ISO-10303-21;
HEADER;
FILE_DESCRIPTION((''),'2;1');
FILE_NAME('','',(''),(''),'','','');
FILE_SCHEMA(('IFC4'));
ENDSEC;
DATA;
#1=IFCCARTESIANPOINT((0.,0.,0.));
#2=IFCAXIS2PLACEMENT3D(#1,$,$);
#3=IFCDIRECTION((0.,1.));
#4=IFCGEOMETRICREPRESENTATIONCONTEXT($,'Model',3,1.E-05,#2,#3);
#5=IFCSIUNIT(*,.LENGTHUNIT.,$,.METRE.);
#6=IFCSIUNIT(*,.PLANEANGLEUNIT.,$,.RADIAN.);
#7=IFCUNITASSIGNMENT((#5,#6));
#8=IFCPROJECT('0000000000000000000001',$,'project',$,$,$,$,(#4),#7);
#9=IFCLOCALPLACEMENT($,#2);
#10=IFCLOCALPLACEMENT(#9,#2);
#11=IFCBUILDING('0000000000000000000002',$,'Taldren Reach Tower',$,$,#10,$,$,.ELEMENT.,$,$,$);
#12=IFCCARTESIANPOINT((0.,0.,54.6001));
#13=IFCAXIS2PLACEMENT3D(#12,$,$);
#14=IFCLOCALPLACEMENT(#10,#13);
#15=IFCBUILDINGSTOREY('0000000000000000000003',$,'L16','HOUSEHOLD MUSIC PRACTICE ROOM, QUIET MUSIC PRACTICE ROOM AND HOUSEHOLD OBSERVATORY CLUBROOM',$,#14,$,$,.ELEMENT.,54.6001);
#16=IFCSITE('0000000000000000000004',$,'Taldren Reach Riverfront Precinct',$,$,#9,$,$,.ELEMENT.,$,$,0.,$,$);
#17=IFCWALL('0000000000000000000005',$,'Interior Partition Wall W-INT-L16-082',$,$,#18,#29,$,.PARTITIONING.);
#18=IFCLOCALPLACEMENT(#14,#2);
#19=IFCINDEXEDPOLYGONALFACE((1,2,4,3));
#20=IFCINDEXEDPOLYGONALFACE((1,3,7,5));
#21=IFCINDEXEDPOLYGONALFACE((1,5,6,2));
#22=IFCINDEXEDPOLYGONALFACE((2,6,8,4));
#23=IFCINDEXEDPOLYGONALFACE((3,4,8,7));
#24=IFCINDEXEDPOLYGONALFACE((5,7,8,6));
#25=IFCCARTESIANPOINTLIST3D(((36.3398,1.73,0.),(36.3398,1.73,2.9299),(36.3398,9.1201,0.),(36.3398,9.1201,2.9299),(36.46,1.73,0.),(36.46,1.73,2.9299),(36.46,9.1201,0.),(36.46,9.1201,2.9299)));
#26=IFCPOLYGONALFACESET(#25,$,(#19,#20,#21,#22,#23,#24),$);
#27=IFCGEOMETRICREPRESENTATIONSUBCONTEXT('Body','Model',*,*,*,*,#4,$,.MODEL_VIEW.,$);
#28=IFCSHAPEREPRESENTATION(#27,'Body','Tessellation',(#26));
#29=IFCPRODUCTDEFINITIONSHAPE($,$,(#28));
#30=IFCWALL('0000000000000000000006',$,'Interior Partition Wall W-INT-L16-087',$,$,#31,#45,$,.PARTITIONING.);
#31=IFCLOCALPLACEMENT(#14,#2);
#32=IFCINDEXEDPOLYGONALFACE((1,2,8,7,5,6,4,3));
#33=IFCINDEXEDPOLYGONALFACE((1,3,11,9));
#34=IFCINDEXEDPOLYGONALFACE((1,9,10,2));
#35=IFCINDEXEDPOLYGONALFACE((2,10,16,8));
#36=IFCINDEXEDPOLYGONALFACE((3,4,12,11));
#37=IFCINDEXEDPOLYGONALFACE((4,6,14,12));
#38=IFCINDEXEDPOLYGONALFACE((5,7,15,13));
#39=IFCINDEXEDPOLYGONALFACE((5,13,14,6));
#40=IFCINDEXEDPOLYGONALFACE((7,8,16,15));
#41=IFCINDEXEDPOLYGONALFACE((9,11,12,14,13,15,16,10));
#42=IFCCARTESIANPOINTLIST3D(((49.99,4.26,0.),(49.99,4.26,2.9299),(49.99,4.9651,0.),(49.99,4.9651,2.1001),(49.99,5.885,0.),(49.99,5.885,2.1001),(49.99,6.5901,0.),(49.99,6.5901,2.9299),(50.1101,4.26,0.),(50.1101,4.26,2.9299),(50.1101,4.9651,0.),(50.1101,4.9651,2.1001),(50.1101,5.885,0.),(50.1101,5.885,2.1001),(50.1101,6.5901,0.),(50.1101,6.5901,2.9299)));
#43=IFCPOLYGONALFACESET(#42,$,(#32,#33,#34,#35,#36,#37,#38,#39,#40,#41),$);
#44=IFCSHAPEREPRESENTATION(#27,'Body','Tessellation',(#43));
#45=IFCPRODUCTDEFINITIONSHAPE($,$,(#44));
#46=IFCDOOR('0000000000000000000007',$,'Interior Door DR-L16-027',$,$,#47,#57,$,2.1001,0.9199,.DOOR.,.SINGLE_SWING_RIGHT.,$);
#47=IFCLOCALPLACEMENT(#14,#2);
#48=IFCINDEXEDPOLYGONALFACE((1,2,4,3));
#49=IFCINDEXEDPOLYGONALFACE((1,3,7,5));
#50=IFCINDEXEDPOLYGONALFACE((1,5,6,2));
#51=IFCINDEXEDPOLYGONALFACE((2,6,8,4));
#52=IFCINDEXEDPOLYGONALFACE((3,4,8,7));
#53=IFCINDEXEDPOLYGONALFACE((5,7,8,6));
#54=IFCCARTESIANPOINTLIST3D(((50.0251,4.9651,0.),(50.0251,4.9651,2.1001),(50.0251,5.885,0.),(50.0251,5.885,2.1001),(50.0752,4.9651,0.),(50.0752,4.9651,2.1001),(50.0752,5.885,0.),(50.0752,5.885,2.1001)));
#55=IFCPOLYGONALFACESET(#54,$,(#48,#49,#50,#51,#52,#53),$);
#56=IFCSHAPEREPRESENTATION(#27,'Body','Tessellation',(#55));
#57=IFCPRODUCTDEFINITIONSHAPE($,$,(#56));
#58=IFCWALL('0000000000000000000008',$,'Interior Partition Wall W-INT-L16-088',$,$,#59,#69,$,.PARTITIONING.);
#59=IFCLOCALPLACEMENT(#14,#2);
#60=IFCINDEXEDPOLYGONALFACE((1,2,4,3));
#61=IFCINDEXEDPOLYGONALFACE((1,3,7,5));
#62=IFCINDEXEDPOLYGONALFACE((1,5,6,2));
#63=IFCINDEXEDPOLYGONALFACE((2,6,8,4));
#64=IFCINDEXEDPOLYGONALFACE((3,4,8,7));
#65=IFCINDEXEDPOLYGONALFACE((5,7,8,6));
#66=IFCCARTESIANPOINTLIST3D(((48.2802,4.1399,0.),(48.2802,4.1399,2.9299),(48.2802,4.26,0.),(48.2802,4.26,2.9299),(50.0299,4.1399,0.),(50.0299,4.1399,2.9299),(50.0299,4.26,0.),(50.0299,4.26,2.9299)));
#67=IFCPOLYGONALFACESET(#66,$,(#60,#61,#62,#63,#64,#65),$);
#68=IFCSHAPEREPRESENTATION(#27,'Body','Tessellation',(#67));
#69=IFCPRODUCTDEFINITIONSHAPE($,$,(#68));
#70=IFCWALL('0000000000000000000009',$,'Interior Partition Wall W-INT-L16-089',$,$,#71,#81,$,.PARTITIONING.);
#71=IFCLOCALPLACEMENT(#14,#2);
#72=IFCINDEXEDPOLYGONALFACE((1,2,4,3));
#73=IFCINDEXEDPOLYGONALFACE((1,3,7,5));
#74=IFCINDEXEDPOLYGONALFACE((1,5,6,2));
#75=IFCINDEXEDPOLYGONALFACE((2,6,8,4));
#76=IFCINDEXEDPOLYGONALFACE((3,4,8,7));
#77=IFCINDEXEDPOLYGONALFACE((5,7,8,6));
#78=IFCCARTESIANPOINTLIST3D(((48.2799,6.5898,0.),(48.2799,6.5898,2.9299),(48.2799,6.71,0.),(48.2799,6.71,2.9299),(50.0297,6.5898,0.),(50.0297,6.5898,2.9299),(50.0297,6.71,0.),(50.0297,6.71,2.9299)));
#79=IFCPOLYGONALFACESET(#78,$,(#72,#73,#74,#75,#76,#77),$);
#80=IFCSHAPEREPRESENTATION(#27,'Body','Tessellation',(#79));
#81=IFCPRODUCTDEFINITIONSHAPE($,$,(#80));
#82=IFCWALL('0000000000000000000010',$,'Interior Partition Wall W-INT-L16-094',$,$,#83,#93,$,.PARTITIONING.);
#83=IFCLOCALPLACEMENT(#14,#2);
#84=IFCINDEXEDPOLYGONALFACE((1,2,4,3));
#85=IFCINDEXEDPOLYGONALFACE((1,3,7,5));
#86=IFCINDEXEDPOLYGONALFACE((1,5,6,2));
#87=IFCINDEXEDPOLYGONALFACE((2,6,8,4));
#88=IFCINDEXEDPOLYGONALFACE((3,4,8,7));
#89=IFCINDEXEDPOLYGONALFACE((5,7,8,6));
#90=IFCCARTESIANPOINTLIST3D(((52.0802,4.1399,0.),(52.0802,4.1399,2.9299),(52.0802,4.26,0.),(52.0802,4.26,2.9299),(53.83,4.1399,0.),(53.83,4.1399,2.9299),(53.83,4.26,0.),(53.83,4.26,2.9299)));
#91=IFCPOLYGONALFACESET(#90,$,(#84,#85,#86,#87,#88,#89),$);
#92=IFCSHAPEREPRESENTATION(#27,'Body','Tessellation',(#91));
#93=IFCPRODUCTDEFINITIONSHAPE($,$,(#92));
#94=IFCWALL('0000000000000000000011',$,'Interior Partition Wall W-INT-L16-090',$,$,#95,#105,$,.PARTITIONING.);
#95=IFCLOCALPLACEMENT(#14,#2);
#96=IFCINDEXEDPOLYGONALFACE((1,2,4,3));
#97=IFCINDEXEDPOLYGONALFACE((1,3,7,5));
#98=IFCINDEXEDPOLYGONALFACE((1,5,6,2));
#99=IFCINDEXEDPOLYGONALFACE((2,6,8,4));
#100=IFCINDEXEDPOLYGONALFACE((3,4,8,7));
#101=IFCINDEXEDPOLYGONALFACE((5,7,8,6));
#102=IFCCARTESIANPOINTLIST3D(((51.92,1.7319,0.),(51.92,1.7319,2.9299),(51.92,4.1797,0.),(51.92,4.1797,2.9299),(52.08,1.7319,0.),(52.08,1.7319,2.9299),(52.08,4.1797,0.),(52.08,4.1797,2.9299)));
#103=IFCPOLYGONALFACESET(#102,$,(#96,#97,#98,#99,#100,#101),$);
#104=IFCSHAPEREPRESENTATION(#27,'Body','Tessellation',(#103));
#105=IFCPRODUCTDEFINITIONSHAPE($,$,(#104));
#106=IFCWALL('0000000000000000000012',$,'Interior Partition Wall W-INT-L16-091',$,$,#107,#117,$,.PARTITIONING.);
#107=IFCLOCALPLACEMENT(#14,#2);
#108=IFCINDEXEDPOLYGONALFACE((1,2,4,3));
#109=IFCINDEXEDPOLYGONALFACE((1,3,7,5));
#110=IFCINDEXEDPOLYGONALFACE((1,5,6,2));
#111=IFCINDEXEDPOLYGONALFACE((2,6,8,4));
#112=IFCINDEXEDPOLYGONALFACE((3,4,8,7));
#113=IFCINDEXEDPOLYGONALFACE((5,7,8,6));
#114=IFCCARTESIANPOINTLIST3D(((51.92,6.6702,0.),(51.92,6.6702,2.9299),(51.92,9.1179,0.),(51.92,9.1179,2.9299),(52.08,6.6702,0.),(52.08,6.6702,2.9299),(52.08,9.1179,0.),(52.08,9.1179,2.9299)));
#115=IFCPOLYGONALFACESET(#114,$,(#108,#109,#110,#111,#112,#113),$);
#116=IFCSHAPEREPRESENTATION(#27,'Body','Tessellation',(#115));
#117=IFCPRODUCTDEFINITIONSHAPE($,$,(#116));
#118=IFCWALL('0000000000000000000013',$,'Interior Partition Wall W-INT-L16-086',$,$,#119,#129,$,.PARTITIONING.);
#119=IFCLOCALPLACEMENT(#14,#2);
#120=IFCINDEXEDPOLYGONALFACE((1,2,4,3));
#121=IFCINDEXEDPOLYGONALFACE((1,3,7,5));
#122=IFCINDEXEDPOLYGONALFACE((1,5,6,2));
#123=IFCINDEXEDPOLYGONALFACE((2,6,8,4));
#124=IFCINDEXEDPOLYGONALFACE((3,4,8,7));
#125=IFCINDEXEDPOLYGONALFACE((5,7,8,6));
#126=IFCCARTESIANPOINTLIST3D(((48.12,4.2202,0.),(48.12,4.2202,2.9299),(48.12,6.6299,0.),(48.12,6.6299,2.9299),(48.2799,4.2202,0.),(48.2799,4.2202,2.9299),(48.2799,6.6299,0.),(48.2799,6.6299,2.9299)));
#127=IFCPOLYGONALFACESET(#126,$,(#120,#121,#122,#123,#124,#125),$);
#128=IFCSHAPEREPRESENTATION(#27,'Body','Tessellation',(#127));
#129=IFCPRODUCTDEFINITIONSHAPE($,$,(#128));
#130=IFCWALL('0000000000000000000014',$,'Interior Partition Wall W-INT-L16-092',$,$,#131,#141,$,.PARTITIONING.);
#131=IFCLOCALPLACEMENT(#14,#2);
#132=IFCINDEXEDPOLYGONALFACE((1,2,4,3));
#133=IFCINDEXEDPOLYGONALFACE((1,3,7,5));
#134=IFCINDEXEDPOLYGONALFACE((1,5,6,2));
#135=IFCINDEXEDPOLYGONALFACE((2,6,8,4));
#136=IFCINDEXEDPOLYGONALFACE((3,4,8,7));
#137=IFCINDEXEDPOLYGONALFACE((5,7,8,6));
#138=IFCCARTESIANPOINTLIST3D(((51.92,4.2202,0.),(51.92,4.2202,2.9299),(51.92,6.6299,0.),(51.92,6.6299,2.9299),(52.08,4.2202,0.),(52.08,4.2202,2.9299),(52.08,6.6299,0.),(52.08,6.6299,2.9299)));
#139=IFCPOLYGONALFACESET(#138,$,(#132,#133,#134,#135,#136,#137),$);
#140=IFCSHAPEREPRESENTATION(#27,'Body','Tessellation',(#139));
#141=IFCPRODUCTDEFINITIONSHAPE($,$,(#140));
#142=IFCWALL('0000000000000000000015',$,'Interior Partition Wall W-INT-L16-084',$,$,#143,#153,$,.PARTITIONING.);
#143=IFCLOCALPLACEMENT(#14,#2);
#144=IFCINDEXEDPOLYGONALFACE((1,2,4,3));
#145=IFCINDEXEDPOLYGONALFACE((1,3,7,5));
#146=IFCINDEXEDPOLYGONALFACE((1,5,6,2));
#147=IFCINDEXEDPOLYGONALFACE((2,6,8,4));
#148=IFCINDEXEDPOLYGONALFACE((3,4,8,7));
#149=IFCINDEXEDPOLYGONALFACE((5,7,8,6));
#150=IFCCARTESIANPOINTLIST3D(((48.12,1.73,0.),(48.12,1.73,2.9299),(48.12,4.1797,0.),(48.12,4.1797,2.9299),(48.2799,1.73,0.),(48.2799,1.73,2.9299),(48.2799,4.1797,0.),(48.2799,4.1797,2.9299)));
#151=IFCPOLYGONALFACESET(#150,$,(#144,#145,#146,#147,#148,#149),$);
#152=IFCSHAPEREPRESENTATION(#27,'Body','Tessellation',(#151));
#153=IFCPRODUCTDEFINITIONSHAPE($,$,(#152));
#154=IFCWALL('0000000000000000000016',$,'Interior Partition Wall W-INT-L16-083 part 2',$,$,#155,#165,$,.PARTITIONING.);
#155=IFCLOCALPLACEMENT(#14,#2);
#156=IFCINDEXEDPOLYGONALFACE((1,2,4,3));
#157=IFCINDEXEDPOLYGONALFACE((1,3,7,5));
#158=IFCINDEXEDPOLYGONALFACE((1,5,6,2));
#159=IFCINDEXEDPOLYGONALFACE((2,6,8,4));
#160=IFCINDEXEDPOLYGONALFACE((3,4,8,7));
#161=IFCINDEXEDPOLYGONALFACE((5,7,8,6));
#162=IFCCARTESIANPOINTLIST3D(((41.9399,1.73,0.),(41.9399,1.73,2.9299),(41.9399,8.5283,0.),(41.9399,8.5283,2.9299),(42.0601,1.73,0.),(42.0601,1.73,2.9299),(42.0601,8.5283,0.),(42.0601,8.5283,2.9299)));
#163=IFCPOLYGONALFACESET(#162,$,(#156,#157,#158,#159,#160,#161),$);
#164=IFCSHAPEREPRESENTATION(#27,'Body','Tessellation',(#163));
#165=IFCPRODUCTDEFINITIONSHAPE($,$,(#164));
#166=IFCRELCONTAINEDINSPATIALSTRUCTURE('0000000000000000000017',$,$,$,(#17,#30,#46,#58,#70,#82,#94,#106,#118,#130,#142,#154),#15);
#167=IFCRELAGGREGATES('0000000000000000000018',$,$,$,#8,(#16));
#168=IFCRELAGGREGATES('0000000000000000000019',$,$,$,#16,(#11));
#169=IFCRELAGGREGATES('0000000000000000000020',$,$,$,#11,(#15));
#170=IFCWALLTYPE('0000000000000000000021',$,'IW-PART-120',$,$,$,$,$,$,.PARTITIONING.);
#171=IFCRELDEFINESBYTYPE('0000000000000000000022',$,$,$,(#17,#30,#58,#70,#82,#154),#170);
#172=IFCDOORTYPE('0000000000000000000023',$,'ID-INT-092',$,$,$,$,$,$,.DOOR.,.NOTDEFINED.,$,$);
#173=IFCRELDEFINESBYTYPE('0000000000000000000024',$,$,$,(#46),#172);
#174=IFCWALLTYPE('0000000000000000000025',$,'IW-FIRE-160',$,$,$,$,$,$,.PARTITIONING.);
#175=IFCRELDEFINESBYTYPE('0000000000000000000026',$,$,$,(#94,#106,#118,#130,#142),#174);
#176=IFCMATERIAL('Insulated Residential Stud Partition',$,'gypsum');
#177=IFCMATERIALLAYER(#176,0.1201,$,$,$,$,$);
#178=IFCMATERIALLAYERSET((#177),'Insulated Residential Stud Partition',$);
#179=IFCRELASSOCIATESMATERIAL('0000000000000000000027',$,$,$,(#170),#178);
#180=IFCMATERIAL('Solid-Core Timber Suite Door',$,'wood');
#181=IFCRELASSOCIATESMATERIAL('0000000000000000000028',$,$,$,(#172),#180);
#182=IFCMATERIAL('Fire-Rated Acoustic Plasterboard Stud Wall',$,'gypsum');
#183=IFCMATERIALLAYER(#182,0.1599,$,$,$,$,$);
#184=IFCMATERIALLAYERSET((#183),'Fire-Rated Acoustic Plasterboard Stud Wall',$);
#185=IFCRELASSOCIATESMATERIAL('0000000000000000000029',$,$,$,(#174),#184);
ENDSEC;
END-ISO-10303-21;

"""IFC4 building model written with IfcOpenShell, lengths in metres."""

from ifc_helpers import new_model, si_unit, direction, frame, frame_2d, origin, place, context, subcontext, project, spatial, rectangle, extrude, source, transform, mapped, material, layer, layer_set, type_object, element, fill, save


model = new_model("IFC4")

# Units and contexts
model_context = context("Model", 3, precision=1e-05, world=origin(), true_north=direction((0.0, 1.0)))
body_context = subcontext(model_context, "Body", "Model", "MODEL_VIEW")
ifc_project = project(units=[si_unit("LENGTHUNIT", "METRE"), si_unit("PLANEANGLEUNIT", "RADIAN")], contexts=[model_context])

# Site, building, storey
site_placement = place(None, origin())
site = spatial("IfcSite", under=ifc_project, at=site_placement, Name="Taldren Reach Riverfront Precinct", CompositionType="ELEMENT", RefElevation=0.0)
building_placement = place(site_placement, origin())
building = spatial("IfcBuilding", under=site, at=building_placement, Name="Taldren Reach Tower", CompositionType="ELEMENT")
storey_placement = place(building_placement, frame((0.0, 0.0, 54.6001)))
storey = spatial("IfcBuildingStorey", under=building, at=storey_placement, Name="L16", Description="HOUSEHOLD MUSIC PRACTICE ROOM, QUIET MUSIC PRACTICE ROOM AND HOUSEHOLD OBSERVATORY CLUBROOM", CompositionType="ELEMENT", Elevation=54.6001)

# Wall
ifc_material_1 = material(Name="Insulated Residential Stud Partition", Category="gypsum")
ifc_layer_1 = layer(ifc_material_1, 0.1201)
ifc_layer_set_1 = layer_set([ifc_layer_1], Name="Insulated Residential Stud Partition")
wall_type_1 = type_object("IfcWallType", Name="IW-PART-120", PredefinedType="PARTITIONING", material=ifc_layer_set_1)
shared_shape_1 = source(origin(), body_context, "Body", "SweptSolid", [
    extrude(rectangle(XDim=7.3901, YDim=0.1201, at=frame_2d((3.6951, 0.0))), origin(), (0.0, 0.0, 1.0), 2.9299),
])
wall_1_placement = place(storey_placement, frame((36.3999, 9.1201, 0.0), z_axis=(0.0, 0.0, 1.0), x_axis=(0.0, -1.0, 0.0)))
element("IfcWall", 1, at=wall_1_placement, inside=storey, type_object=wall_type_1, Name="Interior Partition Wall W-INT-L16-082", PredefinedType="PARTITIONING", context=body_context, shape_type="MappedRepresentation", body=[
    mapped(shared_shape_1, transform((0.0, 0.0, 0.0), scale=1.0)),
])

# Wall, opening, door
shared_shape_2 = source(origin(), body_context, "Body", "SweptSolid", [
    extrude(rectangle(XDim=2.3301, YDim=0.1201, at=frame_2d((1.165, 0.0))), origin(), (0.0, 0.0, 1.0), 2.9299),
])
wall_2_placement = place(storey_placement, frame((50.05, 4.26, 0.0), z_axis=(0.0, 0.0, 1.0), x_axis=(0.0, 1.0, 0.0)))
wall_2 = element("IfcWall", 2, at=wall_2_placement, inside=storey, type_object=wall_type_1, Name="Interior Partition Wall W-INT-L16-087", PredefinedType="PARTITIONING", context=body_context, shape_type="MappedRepresentation", body=[
    mapped(shared_shape_2, transform((0.0, 0.0, 0.0), scale=1.0)),
])
shared_shape_3 = source(origin(), body_context, "Body", "SweptSolid", [
    extrude(rectangle(XDim=0.9199, YDim=2.1001, at=frame_2d((0.46, 1.05))), frame((0.0, 0.0701, 0.0), z_axis=(0.0, -1.0, 0.0), x_axis=(1.0, 0.0, 0.0)), (0.0, 0.0, 1.0), 0.1401),
])
opening_placement = place(wall_2_placement, frame((0.7051, 0.0, 0.0)))
opening = element("IfcOpeningElement", 3, at=opening_placement, cuts=wall_2, PredefinedType="OPENING", context=body_context, shape_type="MappedRepresentation", body=[
    mapped(shared_shape_3, transform((0.0, 0.0, 0.0), scale=1.0)),
])
ifc_material_2 = material(Name="Solid-Core Timber Suite Door", Category="wood")
door_type = type_object("IfcDoorType", Name="ID-INT-092", OperationType="NOTDEFINED", PredefinedType="DOOR", material=ifc_material_2)
shared_shape_4 = source(origin(), body_context, "Body", "SweptSolid", [
    extrude(rectangle(XDim=0.9199, YDim=2.1001, at=frame_2d((0.46, 1.05))), frame((0.0, 0.0249, 0.0), z_axis=(0.0, -1.0, 0.0), x_axis=(1.0, 0.0, 0.0)), (0.0, 0.0, 1.0), 0.05),
])
door_placement = place(opening_placement, origin())
door = element("IfcDoor", 4, at=door_placement, inside=storey, type_object=door_type, Name="Interior Door DR-L16-027", OperationType="SINGLE_SWING_RIGHT", OverallHeight=2.1001, OverallWidth=0.9199, PredefinedType="DOOR", context=body_context, shape_type="MappedRepresentation", body=[
    mapped(shared_shape_4, transform((0.0, 0.0, 0.0), scale=1.0)),
])
fill(opening, door)

# Walls
shared_shape_5 = source(origin(), body_context, "Body", "SweptSolid", [
    extrude(rectangle(XDim=1.7498, YDim=0.1201, at=frame_2d((0.875, 0.0))), origin(), (0.0, 0.0, 1.0), 2.9299),
])
for number, where, z_axis, x_axis, name in (
    (5, (48.28, 4.2, 0.0), (0.0, 0.0, 1.0), (1.0, 0.0, 0.0), "Interior Partition Wall W-INT-L16-088"),
    (6, (50.0298, 6.6499, 0.0), (0.0, 0.0, 1.0), (-1.0, 0.0, 0.0), "Interior Partition Wall W-INT-L16-089"),
    (7, (52.0801, 4.2, 0.0), (0.0, 0.0, 1.0), (1.0, 0.0, 0.0), "Interior Partition Wall W-INT-L16-094"),
):
    element("IfcWall", number, at=place(storey_placement, frame(where, z_axis=z_axis, x_axis=x_axis)), inside=storey, type_object=wall_type_1, Name=name, PredefinedType="PARTITIONING", context=body_context, shape_type="MappedRepresentation", body=[
        mapped(shared_shape_5, transform((0.0, 0.0, 0.0), scale=1.0)),
    ])
ifc_material_3 = material(Name="Fire-Rated Acoustic Plasterboard Stud Wall", Category="gypsum")
ifc_layer_2 = layer(ifc_material_3, 0.1599)
ifc_layer_set_2 = layer_set([ifc_layer_2], Name="Fire-Rated Acoustic Plasterboard Stud Wall")
wall_type_2 = type_object("IfcWallType", Name="IW-FIRE-160", PredefinedType="PARTITIONING", material=ifc_layer_set_2)
shared_shape_6 = source(origin(), body_context, "Body", "SweptSolid", [
    extrude(rectangle(XDim=2.4478, YDim=0.1599, at=frame_2d((1.2239, 0.0))), origin(), (0.0, 0.0, 1.0), 2.9299),
])
for number, where, z_axis, x_axis, name in (
    (8, (52.0, 4.1797, 0.0), (0.0, 0.0, 1.0), (0.0, -1.0, 0.0), "Interior Partition Wall W-INT-L16-090"),
    (9, (52.0, 9.1179, 0.0), (0.0, 0.0, 1.0), (0.0, -1.0, 0.0), "Interior Partition Wall W-INT-L16-091"),
):
    element("IfcWall", number, at=place(storey_placement, frame(where, z_axis=z_axis, x_axis=x_axis)), inside=storey, type_object=wall_type_2, Name=name, PredefinedType="PARTITIONING", context=body_context, shape_type="MappedRepresentation", body=[
        mapped(shared_shape_6, transform((0.0, 0.0, 0.0), scale=1.0)),
    ])
shared_shape_7 = source(origin(), body_context, "Body", "SweptSolid", [
    extrude(rectangle(XDim=2.4097, YDim=0.1599, at=frame_2d((1.2048, 0.0))), origin(), (0.0, 0.0, 1.0), 2.9299),
])
for number, where, z_axis, x_axis, name in (
    (10, (48.2, 6.6299, 0.0), (0.0, 0.0, 1.0), (0.0, -1.0, 0.0), "Interior Partition Wall W-INT-L16-086"),
    (11, (52.0, 6.6299, 0.0), (0.0, 0.0, 1.0), (0.0, -1.0, 0.0), "Interior Partition Wall W-INT-L16-092"),
):
    element("IfcWall", number, at=place(storey_placement, frame(where, z_axis=z_axis, x_axis=x_axis)), inside=storey, type_object=wall_type_2, Name=name, PredefinedType="PARTITIONING", context=body_context, shape_type="MappedRepresentation", body=[
        mapped(shared_shape_7, transform((0.0, 0.0, 0.0), scale=1.0)),
    ])
shared_shape_8 = source(origin(), body_context, "Body", "SweptSolid", [
    extrude(rectangle(XDim=2.4497, YDim=0.1599, at=frame_2d((1.2249, 0.0))), origin(), (0.0, 0.0, 1.0), 2.9299),
])
wall_3_placement = place(storey_placement, frame((48.2, 4.1797, 0.0), z_axis=(0.0, 0.0, 1.0), x_axis=(0.0, -1.0, 0.0)))
element("IfcWall", 12, at=wall_3_placement, inside=storey, type_object=wall_type_2, Name="Interior Partition Wall W-INT-L16-084", PredefinedType="PARTITIONING", context=body_context, shape_type="MappedRepresentation", body=[
    mapped(shared_shape_8, transform((0.0, 0.0, 0.0), scale=1.0)),
])
shared_shape_9 = source(origin(), body_context, "Body", "SweptSolid", [
    extrude(rectangle(XDim=6.7983, YDim=0.1201, at=frame_2d((3.3992, 0.0))), origin(), (0.0, 0.0, 1.0), 2.9299),
])
wall_4_placement = place(storey_placement, frame((42.0, 8.5283, 0.0), z_axis=(0.0, 0.0, 1.0), x_axis=(0.0, -1.0, 0.0)))
element("IfcWall", 13, at=wall_4_placement, inside=storey, type_object=wall_type_1, Name="Interior Partition Wall W-INT-L16-083 part 2", PredefinedType="PARTITIONING", context=body_context, shape_type="MappedRepresentation", body=[
    mapped(shared_shape_9, transform((0.0, 0.0, 0.0), scale=1.0)),
])

save(model, "model.ifc")
